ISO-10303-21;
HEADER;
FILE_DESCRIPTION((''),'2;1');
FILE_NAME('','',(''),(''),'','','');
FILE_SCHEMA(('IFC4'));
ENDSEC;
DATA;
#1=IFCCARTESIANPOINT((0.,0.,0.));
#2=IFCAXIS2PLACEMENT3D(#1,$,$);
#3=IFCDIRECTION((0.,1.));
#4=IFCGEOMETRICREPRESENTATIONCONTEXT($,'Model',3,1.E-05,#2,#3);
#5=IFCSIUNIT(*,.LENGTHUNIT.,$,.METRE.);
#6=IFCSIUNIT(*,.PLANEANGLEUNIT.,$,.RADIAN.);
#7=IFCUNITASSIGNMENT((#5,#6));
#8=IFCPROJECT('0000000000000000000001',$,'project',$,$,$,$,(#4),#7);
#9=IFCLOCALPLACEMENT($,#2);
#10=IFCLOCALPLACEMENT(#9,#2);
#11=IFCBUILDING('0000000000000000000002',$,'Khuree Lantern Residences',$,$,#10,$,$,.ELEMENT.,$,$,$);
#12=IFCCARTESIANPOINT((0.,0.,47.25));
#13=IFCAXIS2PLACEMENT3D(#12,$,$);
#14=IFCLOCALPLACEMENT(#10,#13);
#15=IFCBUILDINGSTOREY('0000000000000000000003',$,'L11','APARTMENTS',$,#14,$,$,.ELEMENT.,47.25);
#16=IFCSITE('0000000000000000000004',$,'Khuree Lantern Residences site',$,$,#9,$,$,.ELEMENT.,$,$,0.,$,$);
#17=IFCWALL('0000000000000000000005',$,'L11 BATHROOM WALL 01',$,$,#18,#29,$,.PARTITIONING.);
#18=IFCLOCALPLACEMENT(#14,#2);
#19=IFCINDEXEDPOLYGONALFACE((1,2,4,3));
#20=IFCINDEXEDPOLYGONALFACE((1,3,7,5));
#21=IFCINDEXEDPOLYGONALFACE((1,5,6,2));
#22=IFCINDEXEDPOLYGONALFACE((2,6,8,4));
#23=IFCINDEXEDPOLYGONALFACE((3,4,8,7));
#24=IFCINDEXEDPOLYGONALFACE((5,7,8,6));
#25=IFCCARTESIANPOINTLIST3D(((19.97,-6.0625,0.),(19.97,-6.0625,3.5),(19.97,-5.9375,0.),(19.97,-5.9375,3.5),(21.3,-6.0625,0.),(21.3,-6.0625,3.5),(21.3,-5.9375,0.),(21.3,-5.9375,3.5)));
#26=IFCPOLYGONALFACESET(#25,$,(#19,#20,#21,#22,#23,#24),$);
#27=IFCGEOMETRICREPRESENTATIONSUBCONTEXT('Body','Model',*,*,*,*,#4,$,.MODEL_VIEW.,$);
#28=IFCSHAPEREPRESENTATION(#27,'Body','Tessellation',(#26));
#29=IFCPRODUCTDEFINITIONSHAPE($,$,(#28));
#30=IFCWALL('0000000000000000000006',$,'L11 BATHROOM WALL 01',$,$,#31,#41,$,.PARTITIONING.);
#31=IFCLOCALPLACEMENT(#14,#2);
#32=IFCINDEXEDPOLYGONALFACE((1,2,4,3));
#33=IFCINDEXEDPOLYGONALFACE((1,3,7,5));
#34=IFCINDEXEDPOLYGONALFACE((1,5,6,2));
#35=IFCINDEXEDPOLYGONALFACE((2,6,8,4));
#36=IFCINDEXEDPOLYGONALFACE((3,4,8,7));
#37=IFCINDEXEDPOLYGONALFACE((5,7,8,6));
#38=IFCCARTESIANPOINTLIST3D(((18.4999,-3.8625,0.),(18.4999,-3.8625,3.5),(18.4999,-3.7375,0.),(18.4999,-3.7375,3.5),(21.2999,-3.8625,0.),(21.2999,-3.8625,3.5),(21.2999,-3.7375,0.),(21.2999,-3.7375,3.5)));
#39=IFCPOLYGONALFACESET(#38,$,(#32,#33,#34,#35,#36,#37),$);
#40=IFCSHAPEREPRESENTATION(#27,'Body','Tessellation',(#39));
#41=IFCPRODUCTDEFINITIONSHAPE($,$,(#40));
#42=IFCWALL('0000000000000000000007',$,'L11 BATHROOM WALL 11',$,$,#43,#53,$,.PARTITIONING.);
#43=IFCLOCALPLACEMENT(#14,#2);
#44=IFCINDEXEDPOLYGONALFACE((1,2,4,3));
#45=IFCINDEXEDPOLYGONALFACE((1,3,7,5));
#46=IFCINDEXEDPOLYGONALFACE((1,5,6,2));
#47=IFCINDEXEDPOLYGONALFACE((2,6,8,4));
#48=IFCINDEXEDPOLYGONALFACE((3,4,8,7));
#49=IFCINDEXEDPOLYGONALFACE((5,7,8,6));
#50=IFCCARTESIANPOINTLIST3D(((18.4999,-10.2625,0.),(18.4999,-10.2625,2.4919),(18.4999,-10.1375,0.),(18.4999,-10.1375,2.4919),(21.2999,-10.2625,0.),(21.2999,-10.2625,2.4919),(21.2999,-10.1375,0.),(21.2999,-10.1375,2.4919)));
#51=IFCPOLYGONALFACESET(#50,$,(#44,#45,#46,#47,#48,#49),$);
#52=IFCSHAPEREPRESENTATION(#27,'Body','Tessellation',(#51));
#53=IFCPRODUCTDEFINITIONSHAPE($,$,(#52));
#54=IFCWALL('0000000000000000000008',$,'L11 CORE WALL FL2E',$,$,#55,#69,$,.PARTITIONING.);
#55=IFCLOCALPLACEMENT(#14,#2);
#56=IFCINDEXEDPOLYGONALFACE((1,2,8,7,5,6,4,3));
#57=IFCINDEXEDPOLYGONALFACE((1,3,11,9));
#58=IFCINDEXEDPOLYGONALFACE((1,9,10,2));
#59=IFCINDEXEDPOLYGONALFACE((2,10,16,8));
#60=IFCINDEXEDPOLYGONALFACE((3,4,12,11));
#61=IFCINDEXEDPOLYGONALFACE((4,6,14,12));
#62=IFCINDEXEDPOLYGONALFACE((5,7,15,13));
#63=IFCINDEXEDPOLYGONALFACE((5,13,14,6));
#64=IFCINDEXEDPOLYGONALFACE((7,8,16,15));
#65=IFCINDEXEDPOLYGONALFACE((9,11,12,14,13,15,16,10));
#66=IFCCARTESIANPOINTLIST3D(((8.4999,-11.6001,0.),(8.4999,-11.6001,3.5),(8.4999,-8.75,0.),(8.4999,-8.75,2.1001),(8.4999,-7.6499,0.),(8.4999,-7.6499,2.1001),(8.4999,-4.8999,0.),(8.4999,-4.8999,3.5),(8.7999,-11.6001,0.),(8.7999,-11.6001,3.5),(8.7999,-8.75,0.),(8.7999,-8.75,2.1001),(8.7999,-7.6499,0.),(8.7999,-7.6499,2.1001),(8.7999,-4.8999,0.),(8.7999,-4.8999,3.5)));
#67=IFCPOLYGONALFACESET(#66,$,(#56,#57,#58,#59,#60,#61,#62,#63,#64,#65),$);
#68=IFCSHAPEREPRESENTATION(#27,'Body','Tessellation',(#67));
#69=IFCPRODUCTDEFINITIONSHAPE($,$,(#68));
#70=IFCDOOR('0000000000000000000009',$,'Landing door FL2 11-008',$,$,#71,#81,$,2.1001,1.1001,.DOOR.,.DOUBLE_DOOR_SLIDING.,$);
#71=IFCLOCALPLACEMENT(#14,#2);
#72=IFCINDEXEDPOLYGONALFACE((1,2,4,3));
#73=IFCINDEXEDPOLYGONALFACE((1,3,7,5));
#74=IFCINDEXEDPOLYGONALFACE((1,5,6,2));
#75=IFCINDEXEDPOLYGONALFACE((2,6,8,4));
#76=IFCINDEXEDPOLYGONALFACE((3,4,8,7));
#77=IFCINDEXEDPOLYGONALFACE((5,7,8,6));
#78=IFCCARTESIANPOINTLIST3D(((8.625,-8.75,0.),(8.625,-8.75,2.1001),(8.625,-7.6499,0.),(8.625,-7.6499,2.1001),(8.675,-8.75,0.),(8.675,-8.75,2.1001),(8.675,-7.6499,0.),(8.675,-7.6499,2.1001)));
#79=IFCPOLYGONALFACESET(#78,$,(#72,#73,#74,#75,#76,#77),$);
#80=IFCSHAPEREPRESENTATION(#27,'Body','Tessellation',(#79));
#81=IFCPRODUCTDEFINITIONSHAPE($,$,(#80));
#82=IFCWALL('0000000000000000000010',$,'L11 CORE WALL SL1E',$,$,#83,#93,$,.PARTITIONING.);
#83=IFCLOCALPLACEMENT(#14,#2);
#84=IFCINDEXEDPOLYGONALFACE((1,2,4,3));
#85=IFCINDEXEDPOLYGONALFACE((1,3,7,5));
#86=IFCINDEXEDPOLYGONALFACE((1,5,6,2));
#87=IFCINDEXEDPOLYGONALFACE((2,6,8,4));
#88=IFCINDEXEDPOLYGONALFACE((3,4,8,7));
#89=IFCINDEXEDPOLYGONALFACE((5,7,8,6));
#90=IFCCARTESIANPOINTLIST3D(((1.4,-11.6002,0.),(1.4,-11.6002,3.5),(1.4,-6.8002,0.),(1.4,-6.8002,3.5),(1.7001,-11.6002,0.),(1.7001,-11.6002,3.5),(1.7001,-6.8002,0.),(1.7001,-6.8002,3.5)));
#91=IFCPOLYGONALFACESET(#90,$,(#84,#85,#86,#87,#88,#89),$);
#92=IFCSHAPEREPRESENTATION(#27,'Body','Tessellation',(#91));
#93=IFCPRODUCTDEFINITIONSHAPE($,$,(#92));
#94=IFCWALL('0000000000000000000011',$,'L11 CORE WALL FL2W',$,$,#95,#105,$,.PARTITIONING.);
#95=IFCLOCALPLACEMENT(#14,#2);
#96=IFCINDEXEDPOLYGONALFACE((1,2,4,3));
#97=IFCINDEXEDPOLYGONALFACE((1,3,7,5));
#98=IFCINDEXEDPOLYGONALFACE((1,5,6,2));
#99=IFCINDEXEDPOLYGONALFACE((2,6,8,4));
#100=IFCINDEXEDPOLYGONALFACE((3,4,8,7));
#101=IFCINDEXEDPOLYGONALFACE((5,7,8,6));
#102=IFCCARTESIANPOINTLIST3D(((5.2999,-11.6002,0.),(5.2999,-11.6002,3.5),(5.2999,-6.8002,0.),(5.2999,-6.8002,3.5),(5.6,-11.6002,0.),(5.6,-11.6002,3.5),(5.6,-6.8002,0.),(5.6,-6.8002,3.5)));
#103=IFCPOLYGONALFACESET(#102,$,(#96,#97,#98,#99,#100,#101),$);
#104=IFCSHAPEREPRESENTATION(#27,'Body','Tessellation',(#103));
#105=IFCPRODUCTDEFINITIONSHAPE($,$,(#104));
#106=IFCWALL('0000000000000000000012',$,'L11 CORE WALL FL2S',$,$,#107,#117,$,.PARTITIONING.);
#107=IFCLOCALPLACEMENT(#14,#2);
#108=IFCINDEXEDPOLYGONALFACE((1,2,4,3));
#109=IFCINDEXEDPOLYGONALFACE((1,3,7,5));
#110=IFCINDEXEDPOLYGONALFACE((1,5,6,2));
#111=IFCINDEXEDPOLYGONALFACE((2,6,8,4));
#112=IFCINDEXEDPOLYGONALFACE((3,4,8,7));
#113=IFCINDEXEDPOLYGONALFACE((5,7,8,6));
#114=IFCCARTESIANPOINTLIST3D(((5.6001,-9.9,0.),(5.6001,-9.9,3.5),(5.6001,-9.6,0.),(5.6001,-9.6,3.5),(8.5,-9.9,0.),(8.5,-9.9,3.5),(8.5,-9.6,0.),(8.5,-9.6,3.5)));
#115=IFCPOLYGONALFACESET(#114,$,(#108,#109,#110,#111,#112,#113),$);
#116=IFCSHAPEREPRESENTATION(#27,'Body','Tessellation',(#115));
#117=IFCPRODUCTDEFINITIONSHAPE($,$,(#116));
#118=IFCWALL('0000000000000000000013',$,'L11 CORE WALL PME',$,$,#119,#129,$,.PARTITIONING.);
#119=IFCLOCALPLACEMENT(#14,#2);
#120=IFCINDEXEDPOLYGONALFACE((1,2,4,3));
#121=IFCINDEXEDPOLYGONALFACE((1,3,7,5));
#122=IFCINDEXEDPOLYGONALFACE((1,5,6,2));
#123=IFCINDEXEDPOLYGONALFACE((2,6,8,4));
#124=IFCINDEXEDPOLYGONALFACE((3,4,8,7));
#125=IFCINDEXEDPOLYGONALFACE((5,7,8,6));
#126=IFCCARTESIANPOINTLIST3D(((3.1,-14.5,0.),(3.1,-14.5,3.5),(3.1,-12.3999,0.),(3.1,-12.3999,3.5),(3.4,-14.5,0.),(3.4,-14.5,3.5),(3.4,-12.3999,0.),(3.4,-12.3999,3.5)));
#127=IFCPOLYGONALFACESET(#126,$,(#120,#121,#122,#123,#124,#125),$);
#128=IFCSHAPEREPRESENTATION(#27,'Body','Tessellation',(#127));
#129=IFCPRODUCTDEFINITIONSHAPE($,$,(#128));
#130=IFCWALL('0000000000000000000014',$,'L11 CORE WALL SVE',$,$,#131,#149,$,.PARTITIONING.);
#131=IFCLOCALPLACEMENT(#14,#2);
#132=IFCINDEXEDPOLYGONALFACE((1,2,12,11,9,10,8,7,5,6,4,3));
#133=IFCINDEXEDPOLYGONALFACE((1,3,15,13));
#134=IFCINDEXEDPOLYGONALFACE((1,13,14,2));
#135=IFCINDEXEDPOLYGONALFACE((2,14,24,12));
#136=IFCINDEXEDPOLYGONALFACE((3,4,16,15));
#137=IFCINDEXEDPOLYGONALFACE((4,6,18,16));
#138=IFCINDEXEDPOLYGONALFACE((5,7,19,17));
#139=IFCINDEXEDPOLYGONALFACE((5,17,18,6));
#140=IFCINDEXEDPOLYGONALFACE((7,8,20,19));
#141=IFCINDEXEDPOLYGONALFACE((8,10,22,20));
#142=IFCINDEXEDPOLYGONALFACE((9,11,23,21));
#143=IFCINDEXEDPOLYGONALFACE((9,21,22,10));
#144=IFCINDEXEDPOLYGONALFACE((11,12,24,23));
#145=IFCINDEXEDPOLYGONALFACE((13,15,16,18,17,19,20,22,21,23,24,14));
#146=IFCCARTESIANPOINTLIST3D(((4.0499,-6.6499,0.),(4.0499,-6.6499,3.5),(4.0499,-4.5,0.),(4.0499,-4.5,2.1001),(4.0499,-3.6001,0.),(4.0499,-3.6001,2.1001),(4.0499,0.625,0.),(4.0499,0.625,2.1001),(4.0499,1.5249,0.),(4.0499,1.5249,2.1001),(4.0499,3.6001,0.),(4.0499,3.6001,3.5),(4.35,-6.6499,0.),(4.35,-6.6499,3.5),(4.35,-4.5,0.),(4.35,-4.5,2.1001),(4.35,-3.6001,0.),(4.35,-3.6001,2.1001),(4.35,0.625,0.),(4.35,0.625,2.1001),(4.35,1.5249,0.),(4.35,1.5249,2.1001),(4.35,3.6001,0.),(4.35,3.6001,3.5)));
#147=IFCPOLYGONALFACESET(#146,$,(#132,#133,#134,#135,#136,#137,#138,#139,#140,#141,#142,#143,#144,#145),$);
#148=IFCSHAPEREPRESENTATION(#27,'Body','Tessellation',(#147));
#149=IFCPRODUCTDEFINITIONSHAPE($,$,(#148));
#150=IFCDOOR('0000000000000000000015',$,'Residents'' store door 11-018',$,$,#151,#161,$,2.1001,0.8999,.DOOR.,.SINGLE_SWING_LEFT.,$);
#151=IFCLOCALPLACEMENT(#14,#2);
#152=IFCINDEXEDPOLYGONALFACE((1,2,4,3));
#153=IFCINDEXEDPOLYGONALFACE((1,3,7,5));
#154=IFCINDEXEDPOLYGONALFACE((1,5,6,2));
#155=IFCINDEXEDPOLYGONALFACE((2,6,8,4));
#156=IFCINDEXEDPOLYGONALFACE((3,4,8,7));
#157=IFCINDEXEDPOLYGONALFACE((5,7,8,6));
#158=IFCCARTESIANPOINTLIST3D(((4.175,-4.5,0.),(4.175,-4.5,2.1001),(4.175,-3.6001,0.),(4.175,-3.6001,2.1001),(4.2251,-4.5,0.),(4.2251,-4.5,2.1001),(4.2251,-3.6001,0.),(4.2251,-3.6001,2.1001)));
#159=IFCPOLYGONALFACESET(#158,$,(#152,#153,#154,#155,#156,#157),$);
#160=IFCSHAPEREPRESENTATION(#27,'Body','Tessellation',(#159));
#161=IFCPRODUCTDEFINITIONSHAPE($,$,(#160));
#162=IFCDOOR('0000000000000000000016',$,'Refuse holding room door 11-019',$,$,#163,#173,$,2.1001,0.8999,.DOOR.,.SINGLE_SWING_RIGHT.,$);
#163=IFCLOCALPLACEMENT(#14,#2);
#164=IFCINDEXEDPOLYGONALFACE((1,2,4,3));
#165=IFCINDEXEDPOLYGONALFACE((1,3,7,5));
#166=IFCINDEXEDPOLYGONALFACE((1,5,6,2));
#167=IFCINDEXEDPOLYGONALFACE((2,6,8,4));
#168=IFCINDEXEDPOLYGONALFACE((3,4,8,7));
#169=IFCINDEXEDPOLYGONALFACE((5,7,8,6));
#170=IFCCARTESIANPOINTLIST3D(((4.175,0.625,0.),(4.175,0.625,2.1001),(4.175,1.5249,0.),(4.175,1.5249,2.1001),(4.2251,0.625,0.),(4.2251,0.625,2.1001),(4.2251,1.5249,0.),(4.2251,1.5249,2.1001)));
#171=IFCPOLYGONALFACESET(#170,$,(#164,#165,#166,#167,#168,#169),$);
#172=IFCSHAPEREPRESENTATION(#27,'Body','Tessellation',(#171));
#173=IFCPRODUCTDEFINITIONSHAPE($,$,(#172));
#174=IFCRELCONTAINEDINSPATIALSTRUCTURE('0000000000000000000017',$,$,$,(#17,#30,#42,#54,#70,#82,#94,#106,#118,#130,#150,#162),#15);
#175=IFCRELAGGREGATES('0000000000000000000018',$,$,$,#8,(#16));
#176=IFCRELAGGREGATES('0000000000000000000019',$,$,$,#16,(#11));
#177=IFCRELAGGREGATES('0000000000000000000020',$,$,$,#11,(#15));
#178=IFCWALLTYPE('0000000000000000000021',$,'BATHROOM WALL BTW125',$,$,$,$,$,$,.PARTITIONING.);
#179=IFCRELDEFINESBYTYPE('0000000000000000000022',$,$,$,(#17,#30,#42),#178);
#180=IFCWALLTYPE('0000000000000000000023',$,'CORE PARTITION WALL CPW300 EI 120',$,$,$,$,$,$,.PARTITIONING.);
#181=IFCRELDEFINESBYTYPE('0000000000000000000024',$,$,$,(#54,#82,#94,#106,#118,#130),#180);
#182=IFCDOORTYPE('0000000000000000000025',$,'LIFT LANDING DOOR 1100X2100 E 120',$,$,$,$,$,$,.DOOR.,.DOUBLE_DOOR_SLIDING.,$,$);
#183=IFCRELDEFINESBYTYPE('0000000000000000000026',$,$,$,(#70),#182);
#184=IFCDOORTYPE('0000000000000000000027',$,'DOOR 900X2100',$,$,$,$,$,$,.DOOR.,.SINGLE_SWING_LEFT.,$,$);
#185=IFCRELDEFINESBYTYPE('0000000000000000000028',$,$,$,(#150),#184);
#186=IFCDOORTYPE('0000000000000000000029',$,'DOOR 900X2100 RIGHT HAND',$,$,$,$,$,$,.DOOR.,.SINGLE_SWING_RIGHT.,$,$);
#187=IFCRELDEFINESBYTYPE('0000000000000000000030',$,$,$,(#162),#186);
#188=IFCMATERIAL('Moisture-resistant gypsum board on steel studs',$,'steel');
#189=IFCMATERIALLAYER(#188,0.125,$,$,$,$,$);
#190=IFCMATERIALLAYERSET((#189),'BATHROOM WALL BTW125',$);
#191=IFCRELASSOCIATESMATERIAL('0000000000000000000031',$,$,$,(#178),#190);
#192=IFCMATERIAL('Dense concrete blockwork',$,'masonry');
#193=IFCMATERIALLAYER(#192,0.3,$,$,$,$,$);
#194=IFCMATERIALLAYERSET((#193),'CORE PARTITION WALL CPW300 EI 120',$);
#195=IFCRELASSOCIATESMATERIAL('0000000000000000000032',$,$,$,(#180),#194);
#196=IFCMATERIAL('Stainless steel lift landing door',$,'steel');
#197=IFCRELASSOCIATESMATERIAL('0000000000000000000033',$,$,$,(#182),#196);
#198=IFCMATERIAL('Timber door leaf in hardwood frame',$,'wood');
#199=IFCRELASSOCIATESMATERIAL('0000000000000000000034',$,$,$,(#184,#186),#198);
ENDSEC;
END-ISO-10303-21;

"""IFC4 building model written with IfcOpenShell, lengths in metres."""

from ifc_helpers import new_model, si_unit, direction, frame, frame_2d, origin, place, context, subcontext, project, spatial, rectangle, extrude, material, layer, layer_set, type_object, element, fill, save


model = new_model("IFC4")

# Units and contexts
model_context = context("Model", 3, precision=1e-05, world=origin(), true_north=direction((0.0, 1.0)))
body_context = subcontext(model_context, "Body", "Model", "MODEL_VIEW")
ifc_project = project(units=[si_unit("LENGTHUNIT", "METRE"), si_unit("PLANEANGLEUNIT", "RADIAN")], contexts=[model_context])

# Site, building, storey
site_placement = place(None, origin())
site = spatial("IfcSite", under=ifc_project, at=site_placement, Name="Khuree Lantern Residences site", CompositionType="ELEMENT", RefElevation=0.0)
building_placement = place(site_placement, origin())
building = spatial("IfcBuilding", under=site, at=building_placement, Name="Khuree Lantern Residences", CompositionType="ELEMENT")
storey_placement = place(building_placement, frame((0.0, 0.0, 47.25)))
storey = spatial("IfcBuildingStorey", under=building, at=storey_placement, Name="L11", Description="APARTMENTS", CompositionType="ELEMENT", Elevation=47.25)

# Walls
ifc_material_1 = material(Name="Moisture-resistant gypsum board on steel studs", Category="steel")
ifc_layer_1 = layer(ifc_material_1, 0.125)
ifc_layer_set_1 = layer_set([ifc_layer_1], Name="BATHROOM WALL BTW125")
wall_type_1 = type_object("IfcWallType", Name="BATHROOM WALL BTW125", PredefinedType="PARTITIONING", material=ifc_layer_set_1)
wall_1_placement = place(storey_placement, frame((19.97, -6.0, 0.0), z_axis=(0.0, 0.0, 1.0), x_axis=(1.0, 0.0, 0.0)))
element("IfcWall", 1, at=wall_1_placement, inside=storey, type_object=wall_type_1, Name="L11 BATHROOM WALL 01", PredefinedType="PARTITIONING", context=body_context, shape_type="SweptSolid", body=[
    extrude(rectangle(XDim=1.3301, YDim=0.125, at=frame_2d((0.665, 0.0))), origin(), (0.0, 0.0, 1.0), 3.5),
])
wall_2_placement = place(storey_placement, frame((18.5, -3.8, 0.0), z_axis=(0.0, 0.0, 1.0), x_axis=(1.0, 0.0, 0.0)))
element("IfcWall", 2, at=wall_2_placement, inside=storey, type_object=wall_type_1, Name="L11 BATHROOM WALL 01", PredefinedType="PARTITIONING", context=body_context, shape_type="SweptSolid", body=[
    extrude(rectangle(XDim=2.8, YDim=0.125, at=frame_2d((1.3999, 0.0))), origin(), (0.0, 0.0, 1.0), 3.5),
])
wall_3_placement = place(storey_placement, frame((18.5, -10.2, 0.0), z_axis=(0.0, 0.0, 1.0), x_axis=(1.0, 0.0, 0.0)))
element("IfcWall", 3, at=wall_3_placement, inside=storey, type_object=wall_type_1, Name="L11 BATHROOM WALL 11", PredefinedType="PARTITIONING", context=body_context, shape_type="SweptSolid", body=[
    extrude(rectangle(XDim=2.8, YDim=0.125, at=frame_2d((1.3999, 0.0))), origin(), (0.0, 0.0, 1.0), 2.4919),
])

# Wall, opening, door
ifc_material_2 = material(Name="Dense concrete blockwork", Category="masonry")
ifc_layer_2 = layer(ifc_material_2, 0.3)
ifc_layer_set_2 = layer_set([ifc_layer_2], Name="CORE PARTITION WALL CPW300 EI 120")
wall_type_2 = type_object("IfcWallType", Name="CORE PARTITION WALL CPW300 EI 120", PredefinedType="PARTITIONING", material=ifc_layer_set_2)
wall_4_placement = place(storey_placement, frame((8.6499, -11.6001, 0.0), z_axis=(0.0, 0.0, 1.0), x_axis=(0.0, 1.0, 0.0)))
wall_4 = element("IfcWall", 4, at=wall_4_placement, inside=storey, type_object=wall_type_2, Name="L11 CORE WALL FL2E", PredefinedType="PARTITIONING", context=body_context, shape_type="SweptSolid", body=[
    extrude(rectangle(XDim=6.7002, YDim=0.3, at=frame_2d((3.3501, 0.0))), origin(), (0.0, 0.0, 1.0), 3.5),
])
opening_1_placement = place(wall_4_placement, frame((2.8501, 0.0, 0.0)))
opening_1 = element("IfcOpeningElement", 5, at=opening_1_placement, cuts=wall_4, PredefinedType="OPENING", context=body_context, shape_type="SweptSolid", body=[
    extrude(rectangle(XDim=1.1001, YDim=2.1001, at=frame_2d((0.55, 1.05))), frame((0.0, 0.1602, 0.0), z_axis=(0.0, -1.0, 0.0), x_axis=(1.0, 0.0, 0.0)), (0.0, 0.0, 1.0), 0.3201),
])
ifc_material_3 = material(Name="Stainless steel lift landing door", Category="steel")
door_type_1 = type_object("IfcDoorType", Name="LIFT LANDING DOOR 1100X2100 E 120", OperationType="DOUBLE_DOOR_SLIDING", PredefinedType="DOOR", material=ifc_material_3)
door_1_placement = place(opening_1_placement, origin())
door_1 = element("IfcDoor", 6, at=door_1_placement, inside=storey, type_object=door_type_1, Name="Landing door FL2 11-008", OperationType="DOUBLE_DOOR_SLIDING", OverallHeight=2.1001, OverallWidth=1.1001, PredefinedType="DOOR", context=body_context, shape_type="SweptSolid", body=[
    extrude(rectangle(XDim=1.1001, YDim=2.1001, at=frame_2d((0.55, 1.05))), frame((0.0, 0.0249, 0.0), z_axis=(0.0, -1.0, 0.0), x_axis=(1.0, 0.0, 0.0)), (0.0, 0.0, 1.0), 0.05),
])
fill(opening_1, door_1)

# Walls
for number, where, z_axis, x_axis, name in (
    (7, (1.55, -11.6001, 0.0), (0.0, 0.0, 1.0), (0.0, 1.0, 0.0), "L11 CORE WALL SL1E"),
    (8, (5.45, -11.6001, 0.0), (0.0, 0.0, 1.0), (0.0, 1.0, 0.0), "L11 CORE WALL FL2W"),
):
    element("IfcWall", number, at=place(storey_placement, frame(where, z_axis=z_axis, x_axis=x_axis)), inside=storey, type_object=wall_type_2, Name=name, PredefinedType="PARTITIONING", context=body_context, shape_type="SweptSolid", body=[
        extrude(rectangle(XDim=4.8, YDim=0.3, at=frame_2d((2.3999, 0.0))), origin(), (0.0, 0.0, 1.0), 3.5),
    ])
wall_5_placement = place(storey_placement, frame((5.6001, -9.75, 0.0), z_axis=(0.0, 0.0, 1.0), x_axis=(1.0, 0.0, 0.0)))
element("IfcWall", 9, at=wall_5_placement, inside=storey, type_object=wall_type_2, Name="L11 CORE WALL FL2S", PredefinedType="PARTITIONING", context=body_context, shape_type="SweptSolid", body=[
    extrude(rectangle(XDim=2.8999, YDim=0.3, at=frame_2d((1.45, 0.0))), origin(), (0.0, 0.0, 1.0), 3.5),
])
wall_6_placement = place(storey_placement, frame((3.25, -14.5, 0.0), z_axis=(0.0, 0.0, 1.0), x_axis=(0.0, 1.0, 0.0)))
element("IfcWall", 10, at=wall_6_placement, inside=storey, type_object=wall_type_2, Name="L11 CORE WALL PME", PredefinedType="PARTITIONING", context=body_context, shape_type="SweptSolid", body=[
    extrude(rectangle(XDim=2.1001, YDim=0.3, at=frame_2d((1.05, 0.0))), origin(), (0.0, 0.0, 1.0), 3.5),
])

# Wall, openings, doors
wall_7_placement = place(storey_placement, frame((4.2, -6.6499, 0.0), z_axis=(0.0, 0.0, 1.0), x_axis=(0.0, 1.0, 0.0)))
wall_7 = element("IfcWall", 11, at=wall_7_placement, inside=storey, type_object=wall_type_2, Name="L11 CORE WALL SVE", PredefinedType="PARTITIONING", context=body_context, shape_type="SweptSolid", body=[
    extrude(rectangle(XDim=10.25, YDim=0.3, at=frame_2d((5.125, 0.0))), origin(), (0.0, 0.0, 1.0), 3.5),
])
opening_2_placement = place(wall_7_placement, frame((2.1499, 0.0, 0.0)))
opening_2 = element("IfcOpeningElement", 12, at=opening_2_placement, cuts=wall_7, PredefinedType="OPENING", context=body_context, shape_type="SweptSolid", body=[
    extrude(rectangle(XDim=0.8999, YDim=2.1001, at=frame_2d((0.45, 1.05))), frame((0.0, 0.1602, 0.0), z_axis=(0.0, -1.0, 0.0), x_axis=(1.0, 0.0, 0.0)), (0.0, 0.0, 1.0), 0.3201),
])
opening_3_placement = place(wall_7_placement, frame((7.2749, 0.0, 0.0)))
opening_3 = element("IfcOpeningElement", 13, at=opening_3_placement, cuts=wall_7, PredefinedType="OPENING", context=body_context, shape_type="SweptSolid", body=[
    extrude(rectangle(XDim=0.8999, YDim=2.1001, at=frame_2d((0.45, 1.05))), frame((0.0, 0.1602, 0.0), z_axis=(0.0, -1.0, 0.0), x_axis=(1.0, 0.0, 0.0)), (0.0, 0.0, 1.0), 0.3201),
])
ifc_material_4 = material(Name="Timber door leaf in hardwood frame", Category="wood")
door_type_2 = type_object("IfcDoorType", Name="DOOR 900X2100", OperationType="SINGLE_SWING_LEFT", PredefinedType="DOOR", material=ifc_material_4)
door_2_placement = place(opening_2_placement, origin())
door_2 = element("IfcDoor", 14, at=door_2_placement, inside=storey, type_object=door_type_2, Name="Residents' store door 11-018", OperationType="SINGLE_SWING_LEFT", OverallHeight=2.1001, OverallWidth=0.8999, PredefinedType="DOOR", context=body_context, shape_type="SweptSolid", body=[
    extrude(rectangle(XDim=0.8999, YDim=2.1001, at=frame_2d((0.45, 1.05))), frame((0.0, 0.0249, 0.0), z_axis=(0.0, -1.0, 0.0), x_axis=(1.0, 0.0, 0.0)), (0.0, 0.0, 1.0), 0.05),
])
fill(opening_2, door_2)
door_type_3 = type_object("IfcDoorType", Name="DOOR 900X2100 RIGHT HAND", OperationType="SINGLE_SWING_RIGHT", PredefinedType="DOOR", material=ifc_material_4)
door_3_placement = place(opening_3_placement, origin())
door_3 = element("IfcDoor", 15, at=door_3_placement, inside=storey, type_object=door_type_3, Name="Refuse holding room door 11-019", OperationType="SINGLE_SWING_RIGHT", OverallHeight=2.1001, OverallWidth=0.8999, PredefinedType="DOOR", context=body_context, shape_type="SweptSolid", body=[
    extrude(rectangle(XDim=0.8999, YDim=2.1001, at=frame_2d((0.45, 1.05))), frame((0.0, 0.0249, 0.0), z_axis=(0.0, -1.0, 0.0), x_axis=(1.0, 0.0, 0.0)), (0.0, 0.0, 1.0), 0.05),
])
fill(opening_3, door_3)

save(model, "model.ifc")
